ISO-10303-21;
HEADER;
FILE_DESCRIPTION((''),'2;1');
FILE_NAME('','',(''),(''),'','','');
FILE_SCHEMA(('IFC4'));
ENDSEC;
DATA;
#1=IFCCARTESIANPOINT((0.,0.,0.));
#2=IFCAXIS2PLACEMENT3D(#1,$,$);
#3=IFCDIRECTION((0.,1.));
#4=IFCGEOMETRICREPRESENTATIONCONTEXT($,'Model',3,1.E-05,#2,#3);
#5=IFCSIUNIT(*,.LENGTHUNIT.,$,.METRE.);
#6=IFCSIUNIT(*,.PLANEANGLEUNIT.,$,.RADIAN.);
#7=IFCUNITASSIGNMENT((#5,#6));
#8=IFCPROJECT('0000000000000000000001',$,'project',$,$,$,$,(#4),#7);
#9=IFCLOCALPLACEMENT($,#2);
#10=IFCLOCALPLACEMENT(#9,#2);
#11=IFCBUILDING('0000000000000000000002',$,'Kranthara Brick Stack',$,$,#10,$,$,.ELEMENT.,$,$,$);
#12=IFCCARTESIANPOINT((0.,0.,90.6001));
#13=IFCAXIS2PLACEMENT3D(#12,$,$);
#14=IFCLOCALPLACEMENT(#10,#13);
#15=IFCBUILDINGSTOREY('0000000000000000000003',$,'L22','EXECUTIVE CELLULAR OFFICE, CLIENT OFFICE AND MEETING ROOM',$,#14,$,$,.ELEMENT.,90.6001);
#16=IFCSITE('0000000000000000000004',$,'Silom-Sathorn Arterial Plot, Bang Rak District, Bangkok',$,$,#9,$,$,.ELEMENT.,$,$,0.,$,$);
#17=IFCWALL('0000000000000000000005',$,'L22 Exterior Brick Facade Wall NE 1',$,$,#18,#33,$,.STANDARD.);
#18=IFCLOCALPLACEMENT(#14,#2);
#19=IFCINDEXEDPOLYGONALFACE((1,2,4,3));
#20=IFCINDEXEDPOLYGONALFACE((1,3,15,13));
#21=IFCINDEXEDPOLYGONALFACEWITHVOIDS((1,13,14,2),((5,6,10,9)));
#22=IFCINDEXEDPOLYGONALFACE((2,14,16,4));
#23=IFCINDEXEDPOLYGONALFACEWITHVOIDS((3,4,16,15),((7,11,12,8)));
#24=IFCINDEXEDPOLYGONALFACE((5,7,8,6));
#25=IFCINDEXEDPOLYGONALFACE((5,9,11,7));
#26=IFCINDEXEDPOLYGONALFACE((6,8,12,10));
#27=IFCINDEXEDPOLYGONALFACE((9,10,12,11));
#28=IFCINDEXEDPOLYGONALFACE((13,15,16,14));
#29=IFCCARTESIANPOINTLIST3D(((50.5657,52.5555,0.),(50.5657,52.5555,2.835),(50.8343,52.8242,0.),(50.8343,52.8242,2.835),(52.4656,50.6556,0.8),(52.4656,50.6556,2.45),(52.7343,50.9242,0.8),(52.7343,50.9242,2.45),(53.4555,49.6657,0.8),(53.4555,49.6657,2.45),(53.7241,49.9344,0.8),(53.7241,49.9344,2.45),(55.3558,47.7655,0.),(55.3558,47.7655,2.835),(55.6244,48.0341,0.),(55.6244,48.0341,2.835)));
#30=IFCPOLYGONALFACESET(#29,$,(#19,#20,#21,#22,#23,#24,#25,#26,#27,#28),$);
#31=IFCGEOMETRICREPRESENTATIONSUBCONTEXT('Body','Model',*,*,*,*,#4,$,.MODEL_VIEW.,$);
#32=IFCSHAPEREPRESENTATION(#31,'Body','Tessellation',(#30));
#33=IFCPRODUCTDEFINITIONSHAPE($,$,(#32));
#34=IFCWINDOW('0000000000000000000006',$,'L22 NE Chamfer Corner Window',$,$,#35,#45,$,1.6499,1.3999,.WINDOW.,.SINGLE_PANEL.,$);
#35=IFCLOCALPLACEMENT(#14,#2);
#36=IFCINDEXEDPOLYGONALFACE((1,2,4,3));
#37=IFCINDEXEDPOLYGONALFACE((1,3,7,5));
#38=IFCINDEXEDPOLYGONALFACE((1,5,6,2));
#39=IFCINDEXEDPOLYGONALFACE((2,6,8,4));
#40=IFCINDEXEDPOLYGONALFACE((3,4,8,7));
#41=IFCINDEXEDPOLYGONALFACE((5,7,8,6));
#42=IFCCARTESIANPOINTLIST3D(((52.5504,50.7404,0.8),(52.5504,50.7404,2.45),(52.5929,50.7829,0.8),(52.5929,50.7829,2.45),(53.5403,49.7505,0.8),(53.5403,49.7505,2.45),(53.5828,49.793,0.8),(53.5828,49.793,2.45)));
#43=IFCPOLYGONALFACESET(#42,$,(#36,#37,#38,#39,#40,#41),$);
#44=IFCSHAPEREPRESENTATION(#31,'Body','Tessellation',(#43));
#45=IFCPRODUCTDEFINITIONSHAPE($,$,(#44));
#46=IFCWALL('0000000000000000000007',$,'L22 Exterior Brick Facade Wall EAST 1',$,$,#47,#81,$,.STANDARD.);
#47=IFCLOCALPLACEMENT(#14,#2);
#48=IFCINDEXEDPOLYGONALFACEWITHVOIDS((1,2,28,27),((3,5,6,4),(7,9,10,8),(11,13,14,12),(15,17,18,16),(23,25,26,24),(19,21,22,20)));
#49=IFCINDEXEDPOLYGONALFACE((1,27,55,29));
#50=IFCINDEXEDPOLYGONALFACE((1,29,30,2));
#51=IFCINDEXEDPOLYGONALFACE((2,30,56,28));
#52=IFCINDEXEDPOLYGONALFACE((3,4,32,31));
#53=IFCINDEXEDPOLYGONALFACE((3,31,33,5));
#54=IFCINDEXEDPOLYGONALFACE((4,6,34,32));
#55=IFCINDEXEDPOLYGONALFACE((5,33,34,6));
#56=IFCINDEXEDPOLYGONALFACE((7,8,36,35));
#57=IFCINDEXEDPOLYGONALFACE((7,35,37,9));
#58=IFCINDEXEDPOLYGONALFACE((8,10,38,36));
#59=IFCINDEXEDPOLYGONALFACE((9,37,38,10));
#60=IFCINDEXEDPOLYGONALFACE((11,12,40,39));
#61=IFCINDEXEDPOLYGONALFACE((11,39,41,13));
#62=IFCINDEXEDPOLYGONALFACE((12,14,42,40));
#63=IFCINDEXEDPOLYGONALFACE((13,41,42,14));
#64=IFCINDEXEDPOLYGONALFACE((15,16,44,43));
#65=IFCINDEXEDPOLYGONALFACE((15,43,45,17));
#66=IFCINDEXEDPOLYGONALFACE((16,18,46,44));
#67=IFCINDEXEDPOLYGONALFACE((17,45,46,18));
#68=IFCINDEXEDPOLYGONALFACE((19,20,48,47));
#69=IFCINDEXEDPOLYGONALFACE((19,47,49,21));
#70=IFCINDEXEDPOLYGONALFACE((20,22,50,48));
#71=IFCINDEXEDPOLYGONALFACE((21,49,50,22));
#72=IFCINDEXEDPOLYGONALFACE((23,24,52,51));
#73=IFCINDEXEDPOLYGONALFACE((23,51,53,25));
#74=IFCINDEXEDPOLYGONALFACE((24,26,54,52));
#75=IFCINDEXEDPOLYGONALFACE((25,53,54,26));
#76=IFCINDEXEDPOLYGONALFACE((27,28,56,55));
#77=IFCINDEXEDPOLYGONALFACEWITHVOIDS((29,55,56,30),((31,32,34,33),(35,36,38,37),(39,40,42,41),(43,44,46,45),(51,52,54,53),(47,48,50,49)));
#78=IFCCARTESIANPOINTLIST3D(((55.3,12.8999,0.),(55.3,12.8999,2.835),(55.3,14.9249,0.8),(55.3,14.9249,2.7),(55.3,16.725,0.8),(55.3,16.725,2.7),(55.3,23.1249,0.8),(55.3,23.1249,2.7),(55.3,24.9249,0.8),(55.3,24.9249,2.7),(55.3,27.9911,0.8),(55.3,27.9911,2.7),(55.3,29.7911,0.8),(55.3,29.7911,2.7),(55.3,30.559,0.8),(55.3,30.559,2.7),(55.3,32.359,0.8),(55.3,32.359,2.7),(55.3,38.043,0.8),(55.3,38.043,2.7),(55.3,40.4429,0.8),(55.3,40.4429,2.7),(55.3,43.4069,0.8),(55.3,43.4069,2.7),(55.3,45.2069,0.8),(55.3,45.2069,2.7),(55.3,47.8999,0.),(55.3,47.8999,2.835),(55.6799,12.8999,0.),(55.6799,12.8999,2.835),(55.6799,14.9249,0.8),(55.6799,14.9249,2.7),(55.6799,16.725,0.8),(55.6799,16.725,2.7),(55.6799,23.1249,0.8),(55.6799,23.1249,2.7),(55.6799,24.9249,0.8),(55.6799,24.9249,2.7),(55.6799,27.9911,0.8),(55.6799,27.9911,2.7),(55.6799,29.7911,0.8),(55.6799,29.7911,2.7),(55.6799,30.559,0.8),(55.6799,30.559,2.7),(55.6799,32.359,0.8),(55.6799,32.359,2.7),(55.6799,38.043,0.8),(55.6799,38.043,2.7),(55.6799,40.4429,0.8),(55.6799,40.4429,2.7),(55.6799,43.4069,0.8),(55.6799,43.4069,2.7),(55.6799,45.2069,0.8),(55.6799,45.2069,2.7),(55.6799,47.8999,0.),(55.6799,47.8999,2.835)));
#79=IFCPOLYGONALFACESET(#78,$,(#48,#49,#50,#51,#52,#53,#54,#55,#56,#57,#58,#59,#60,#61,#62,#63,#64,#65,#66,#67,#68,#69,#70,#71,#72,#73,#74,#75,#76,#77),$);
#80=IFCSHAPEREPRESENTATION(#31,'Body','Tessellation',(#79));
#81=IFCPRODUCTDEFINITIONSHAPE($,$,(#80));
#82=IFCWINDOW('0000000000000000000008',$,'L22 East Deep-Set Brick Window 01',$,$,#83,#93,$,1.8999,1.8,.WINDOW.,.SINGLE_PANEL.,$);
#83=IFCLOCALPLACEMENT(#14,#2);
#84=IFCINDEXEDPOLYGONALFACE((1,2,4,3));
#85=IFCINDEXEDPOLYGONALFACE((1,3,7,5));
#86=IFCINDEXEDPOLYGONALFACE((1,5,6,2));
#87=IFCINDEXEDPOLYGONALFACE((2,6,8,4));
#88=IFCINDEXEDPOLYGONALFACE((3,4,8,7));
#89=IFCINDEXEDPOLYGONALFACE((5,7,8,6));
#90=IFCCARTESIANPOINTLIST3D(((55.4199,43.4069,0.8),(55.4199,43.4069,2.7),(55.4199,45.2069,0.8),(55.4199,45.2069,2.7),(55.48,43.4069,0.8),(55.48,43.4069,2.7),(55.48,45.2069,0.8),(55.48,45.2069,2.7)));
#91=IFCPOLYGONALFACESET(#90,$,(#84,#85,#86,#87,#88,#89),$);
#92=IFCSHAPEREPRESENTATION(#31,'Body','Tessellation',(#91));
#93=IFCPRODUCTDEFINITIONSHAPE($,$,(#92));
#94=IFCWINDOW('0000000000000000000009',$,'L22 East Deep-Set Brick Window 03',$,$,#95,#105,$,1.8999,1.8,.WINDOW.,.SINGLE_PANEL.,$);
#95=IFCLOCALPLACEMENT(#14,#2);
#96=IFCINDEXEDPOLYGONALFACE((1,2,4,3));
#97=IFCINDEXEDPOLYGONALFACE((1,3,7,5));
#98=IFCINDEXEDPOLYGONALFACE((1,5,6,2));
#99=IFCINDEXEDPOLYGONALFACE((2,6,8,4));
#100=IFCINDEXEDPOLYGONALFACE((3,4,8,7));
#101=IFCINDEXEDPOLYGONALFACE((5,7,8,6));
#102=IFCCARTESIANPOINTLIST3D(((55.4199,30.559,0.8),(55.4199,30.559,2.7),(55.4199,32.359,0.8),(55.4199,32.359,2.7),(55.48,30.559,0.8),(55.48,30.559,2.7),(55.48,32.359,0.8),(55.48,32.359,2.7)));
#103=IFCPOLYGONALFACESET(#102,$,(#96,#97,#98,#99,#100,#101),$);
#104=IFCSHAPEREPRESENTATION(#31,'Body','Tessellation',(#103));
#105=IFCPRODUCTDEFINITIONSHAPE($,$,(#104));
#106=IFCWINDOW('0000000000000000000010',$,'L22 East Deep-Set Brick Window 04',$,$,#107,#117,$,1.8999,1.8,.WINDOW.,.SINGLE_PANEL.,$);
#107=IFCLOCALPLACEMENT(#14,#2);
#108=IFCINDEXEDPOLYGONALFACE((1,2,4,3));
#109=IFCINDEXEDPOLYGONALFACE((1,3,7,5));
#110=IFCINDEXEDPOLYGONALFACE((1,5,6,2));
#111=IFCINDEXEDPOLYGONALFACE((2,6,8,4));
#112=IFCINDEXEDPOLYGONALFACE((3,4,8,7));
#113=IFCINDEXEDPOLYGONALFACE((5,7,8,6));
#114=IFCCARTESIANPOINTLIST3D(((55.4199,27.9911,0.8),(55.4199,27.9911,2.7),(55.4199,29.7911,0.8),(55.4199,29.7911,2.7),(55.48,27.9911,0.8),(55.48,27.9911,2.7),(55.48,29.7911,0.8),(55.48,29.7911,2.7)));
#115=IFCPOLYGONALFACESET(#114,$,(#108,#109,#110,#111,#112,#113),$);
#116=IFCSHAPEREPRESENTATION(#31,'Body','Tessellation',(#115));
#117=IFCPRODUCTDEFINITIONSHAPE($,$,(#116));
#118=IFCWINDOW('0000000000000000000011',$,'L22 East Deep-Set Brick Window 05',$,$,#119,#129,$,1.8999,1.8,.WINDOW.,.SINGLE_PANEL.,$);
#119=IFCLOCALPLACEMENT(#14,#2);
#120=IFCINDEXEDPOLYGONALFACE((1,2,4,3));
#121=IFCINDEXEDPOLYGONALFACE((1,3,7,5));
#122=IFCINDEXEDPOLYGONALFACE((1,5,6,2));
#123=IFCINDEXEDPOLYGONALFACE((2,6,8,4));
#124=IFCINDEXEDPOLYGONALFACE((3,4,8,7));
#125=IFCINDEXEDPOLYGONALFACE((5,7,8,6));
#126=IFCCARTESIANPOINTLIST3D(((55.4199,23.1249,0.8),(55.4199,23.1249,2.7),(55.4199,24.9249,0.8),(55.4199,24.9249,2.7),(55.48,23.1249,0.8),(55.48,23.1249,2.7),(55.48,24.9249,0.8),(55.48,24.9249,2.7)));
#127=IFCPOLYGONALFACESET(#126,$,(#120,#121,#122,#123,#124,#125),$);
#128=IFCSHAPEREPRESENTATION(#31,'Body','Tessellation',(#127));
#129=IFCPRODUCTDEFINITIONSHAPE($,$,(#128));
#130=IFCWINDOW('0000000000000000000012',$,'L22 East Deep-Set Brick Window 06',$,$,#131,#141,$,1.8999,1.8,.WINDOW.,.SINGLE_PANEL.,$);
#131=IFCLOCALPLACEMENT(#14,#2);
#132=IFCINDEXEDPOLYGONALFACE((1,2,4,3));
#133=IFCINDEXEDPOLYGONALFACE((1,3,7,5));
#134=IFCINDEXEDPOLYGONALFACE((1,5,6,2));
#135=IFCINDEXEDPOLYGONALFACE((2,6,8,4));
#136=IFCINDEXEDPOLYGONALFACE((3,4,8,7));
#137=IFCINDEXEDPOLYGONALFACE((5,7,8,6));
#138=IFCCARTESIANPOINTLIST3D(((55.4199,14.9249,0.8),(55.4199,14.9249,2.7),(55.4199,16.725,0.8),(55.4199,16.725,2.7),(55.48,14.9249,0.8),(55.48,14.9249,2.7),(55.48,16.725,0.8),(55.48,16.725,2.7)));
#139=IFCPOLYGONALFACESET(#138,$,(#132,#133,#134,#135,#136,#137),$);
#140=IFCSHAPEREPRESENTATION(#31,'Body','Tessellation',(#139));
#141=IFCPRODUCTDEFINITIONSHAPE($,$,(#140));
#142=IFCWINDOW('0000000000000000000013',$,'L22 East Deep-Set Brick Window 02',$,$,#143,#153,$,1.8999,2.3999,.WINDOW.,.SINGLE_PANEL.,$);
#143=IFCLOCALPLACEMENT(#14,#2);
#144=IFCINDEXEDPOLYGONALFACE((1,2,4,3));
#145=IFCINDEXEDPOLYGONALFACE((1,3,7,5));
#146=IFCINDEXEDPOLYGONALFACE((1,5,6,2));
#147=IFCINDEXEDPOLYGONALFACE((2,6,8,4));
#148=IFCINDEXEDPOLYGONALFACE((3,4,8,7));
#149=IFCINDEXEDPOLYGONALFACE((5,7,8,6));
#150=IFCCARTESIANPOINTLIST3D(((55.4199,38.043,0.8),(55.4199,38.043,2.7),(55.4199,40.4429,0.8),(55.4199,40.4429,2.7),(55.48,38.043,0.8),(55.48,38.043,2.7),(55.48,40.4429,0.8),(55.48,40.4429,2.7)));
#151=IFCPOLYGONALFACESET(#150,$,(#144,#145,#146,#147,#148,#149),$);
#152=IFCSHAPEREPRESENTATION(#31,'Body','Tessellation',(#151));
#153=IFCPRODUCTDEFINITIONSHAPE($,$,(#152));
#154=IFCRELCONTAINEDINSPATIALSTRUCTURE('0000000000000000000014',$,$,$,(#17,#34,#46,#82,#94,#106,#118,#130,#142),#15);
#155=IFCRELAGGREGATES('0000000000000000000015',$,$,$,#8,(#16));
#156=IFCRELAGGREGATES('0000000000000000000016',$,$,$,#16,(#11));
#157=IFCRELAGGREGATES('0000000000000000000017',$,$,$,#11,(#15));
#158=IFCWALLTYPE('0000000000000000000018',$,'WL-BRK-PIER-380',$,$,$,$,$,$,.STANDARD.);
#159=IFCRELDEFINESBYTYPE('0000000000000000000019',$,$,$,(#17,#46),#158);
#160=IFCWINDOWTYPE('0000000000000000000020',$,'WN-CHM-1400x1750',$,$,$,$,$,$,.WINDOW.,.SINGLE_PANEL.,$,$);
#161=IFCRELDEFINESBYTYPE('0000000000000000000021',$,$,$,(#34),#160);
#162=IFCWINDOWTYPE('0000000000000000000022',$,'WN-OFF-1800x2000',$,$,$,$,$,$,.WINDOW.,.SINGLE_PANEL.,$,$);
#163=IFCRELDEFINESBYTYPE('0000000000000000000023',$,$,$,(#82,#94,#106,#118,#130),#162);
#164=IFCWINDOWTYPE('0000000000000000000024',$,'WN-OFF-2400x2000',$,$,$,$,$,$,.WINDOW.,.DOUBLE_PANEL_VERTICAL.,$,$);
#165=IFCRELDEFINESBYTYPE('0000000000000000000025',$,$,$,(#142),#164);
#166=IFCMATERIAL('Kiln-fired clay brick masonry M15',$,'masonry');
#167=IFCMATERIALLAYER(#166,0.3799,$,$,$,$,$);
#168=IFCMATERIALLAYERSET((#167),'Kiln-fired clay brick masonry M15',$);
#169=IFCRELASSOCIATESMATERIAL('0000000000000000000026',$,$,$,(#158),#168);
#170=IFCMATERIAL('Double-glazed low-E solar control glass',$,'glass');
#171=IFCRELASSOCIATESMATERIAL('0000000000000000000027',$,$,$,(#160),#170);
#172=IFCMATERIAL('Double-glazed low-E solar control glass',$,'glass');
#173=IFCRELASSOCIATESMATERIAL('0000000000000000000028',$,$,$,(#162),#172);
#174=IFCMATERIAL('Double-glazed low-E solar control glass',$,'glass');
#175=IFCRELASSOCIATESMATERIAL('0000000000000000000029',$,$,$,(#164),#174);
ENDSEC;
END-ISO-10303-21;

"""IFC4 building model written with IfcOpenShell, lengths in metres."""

from ifc_helpers import new_model, si_unit, direction, frame, frame_2d, origin, place, context, subcontext, project, spatial, rectangle, extrude, material, layer, layer_set, type_object, element, fill, save


model = new_model("IFC4")

# Units and contexts
model_context = context("Model", 3, precision=1e-05, world=origin(), true_north=direction((0.0, 1.0)))
body_context = subcontext(model_context, "Body", "Model", "MODEL_VIEW")
ifc_project = project(units=[si_unit("LENGTHUNIT", "METRE"), si_unit("PLANEANGLEUNIT", "RADIAN")], contexts=[model_context])

# Site, building, storey
site_placement = place(None, origin())
site = spatial("IfcSite", under=ifc_project, at=site_placement, Name="Silom-Sathorn Arterial Plot, Bang Rak District, Bangkok", CompositionType="ELEMENT", RefElevation=0.0)
building_placement = place(site_placement, origin())
building = spatial("IfcBuilding", under=site, at=building_placement, Name="Kranthara Brick Stack", CompositionType="ELEMENT")
storey_placement = place(building_placement, frame((0.0, 0.0, 90.6001)))
storey = spatial("IfcBuildingStorey", under=building, at=storey_placement, Name="L22", Description="EXECUTIVE CELLULAR OFFICE, CLIENT OFFICE AND MEETING ROOM", CompositionType="ELEMENT", Elevation=90.6001)

# Wall, opening, window
ifc_material_1 = material(Name="Kiln-fired clay brick masonry M15", Category="masonry")
ifc_layer_1 = layer(ifc_material_1, 0.3799)
ifc_layer_set_1 = layer_set([ifc_layer_1], Name="Kiln-fired clay brick masonry M15")
wall_type_1 = type_object("IfcWallType", Name="WL-BRK-PIER-380", PredefinedType="STANDARD", material=ifc_layer_set_1)
wall_1_placement = place(storey_placement, frame((50.7, 52.6899, 0.0), z_axis=(0.0, 0.0, 1.0), x_axis=(0.707107, -0.707107, 0.0)))
wall_1 = element("IfcWall", 1, at=wall_1_placement, inside=storey, type_object=wall_type_1, Name="L22 Exterior Brick Facade Wall NE 1", PredefinedType="STANDARD", context=body_context, shape_type="SweptSolid", body=[
    extrude(rectangle(XDim=6.7742, YDim=0.3799, at=frame_2d((3.3872, 0.0))), origin(), (0.0, 0.0, 1.0), 2.835),
])
opening_1_placement = place(wall_1_placement, frame((2.687, 0.0, 0.8)))
opening_1 = element("IfcOpeningElement", 2, at=opening_1_placement, cuts=wall_1, PredefinedType="OPENING", context=body_context, shape_type="SweptSolid", body=[
    extrude(rectangle(XDim=1.3999, YDim=1.6499, at=frame_2d((0.7, 0.825))), frame((0.0, 0.2, 0.0), z_axis=(0.0, -1.0, 0.0), x_axis=(1.0, 0.0, 0.0)), (0.0, 0.0, 1.0), 0.3999),
])
ifc_material_2 = material(Name="Double-glazed low-E solar control glass", Category="glass")
window_type_1 = type_object("IfcWindowType", Name="WN-CHM-1400x1750", PartitioningType="SINGLE_PANEL", PredefinedType="WINDOW", material=ifc_material_2)
window_1_placement = place(opening_1_placement, origin())
window_1 = element("IfcWindow", 3, at=window_1_placement, inside=storey, type_object=window_type_1, Name="L22 NE Chamfer Corner Window", OverallHeight=1.6499, OverallWidth=1.3999, PartitioningType="SINGLE_PANEL", PredefinedType="WINDOW", context=body_context, shape_type="SweptSolid", body=[
    extrude(rectangle(XDim=1.3999, YDim=1.6499, at=frame_2d((0.7, 0.825))), frame((0.0, -0.01, 0.0), z_axis=(0.0, -1.0, 0.0), x_axis=(1.0, 0.0, 0.0)), (0.0, 0.0, 1.0), 0.0601),
])
fill(opening_1, window_1)

# Wall, openings, windows
wall_2_placement = place(storey_placement, frame((55.49, 47.8999, 0.0), z_axis=(0.0, 0.0, 1.0), x_axis=(0.0, -1.0, 0.0)))
wall_2 = element("IfcWall", 4, at=wall_2_placement, inside=storey, type_object=wall_type_1, Name="L22 Exterior Brick Facade Wall EAST 1", PredefinedType="STANDARD", context=body_context, shape_type="SweptSolid", body=[
    extrude(rectangle(XDim=35.0, YDim=0.3799, at=frame_2d((17.5, 0.0))), origin(), (0.0, 0.0, 1.0), 2.835),
])
opening_2_placement = place(wall_2_placement, frame((2.6931, 0.0, 0.8)))
opening_2 = element("IfcOpeningElement", 5, at=opening_2_placement, cuts=wall_2, PredefinedType="OPENING", context=body_context, shape_type="SweptSolid", body=[
    extrude(rectangle(XDim=1.8, YDim=1.8999, at=frame_2d((0.8999, 0.95))), frame((0.0, 0.2, 0.0), z_axis=(0.0, -1.0, 0.0), x_axis=(1.0, 0.0, 0.0)), (0.0, 0.0, 1.0), 0.3999),
])
opening_3_placement = place(wall_2_placement, frame((7.457, 0.0, 0.8)))
opening_3 = element("IfcOpeningElement", 6, at=opening_3_placement, cuts=wall_2, PredefinedType="OPENING", context=body_context, shape_type="SweptSolid", body=[
    extrude(rectangle(XDim=2.3999, YDim=1.8999, at=frame_2d((1.2, 0.95))), frame((0.0, 0.2, 0.0), z_axis=(0.0, -1.0, 0.0), x_axis=(1.0, 0.0, 0.0)), (0.0, 0.0, 1.0), 0.3999),
])
opening_4_placement = place(wall_2_placement, frame((15.541, 0.0, 0.8)))
opening_4 = element("IfcOpeningElement", 7, at=opening_4_placement, cuts=wall_2, PredefinedType="OPENING", context=body_context, shape_type="SweptSolid", body=[
    extrude(rectangle(XDim=1.8, YDim=1.8999, at=frame_2d((0.8999, 0.95))), frame((0.0, 0.2, 0.0), z_axis=(0.0, -1.0, 0.0), x_axis=(1.0, 0.0, 0.0)), (0.0, 0.0, 1.0), 0.3999),
])
opening_5_placement = place(wall_2_placement, frame((18.1089, 0.0, 0.8)))
opening_5 = element("IfcOpeningElement", 8, at=opening_5_placement, cuts=wall_2, PredefinedType="OPENING", context=body_context, shape_type="SweptSolid", body=[
    extrude(rectangle(XDim=1.8, YDim=1.8999, at=frame_2d((0.8999, 0.95))), frame((0.0, 0.2, 0.0), z_axis=(0.0, -1.0, 0.0), x_axis=(1.0, 0.0, 0.0)), (0.0, 0.0, 1.0), 0.3999),
])
opening_6_placement = place(wall_2_placement, frame((22.9751, 0.0, 0.8)))
opening_6 = element("IfcOpeningElement", 9, at=opening_6_placement, cuts=wall_2, PredefinedType="OPENING", context=body_context, shape_type="SweptSolid", body=[
    extrude(rectangle(XDim=1.8, YDim=1.8999, at=frame_2d((0.8999, 0.95))), frame((0.0, 0.2, 0.0), z_axis=(0.0, -1.0, 0.0), x_axis=(1.0, 0.0, 0.0)), (0.0, 0.0, 1.0), 0.3999),
])
opening_7_placement = place(wall_2_placement, frame((31.175, 0.0, 0.8)))
opening_7 = element("IfcOpeningElement", 10, at=opening_7_placement, cuts=wall_2, PredefinedType="OPENING", context=body_context, shape_type="SweptSolid", body=[
    extrude(rectangle(XDim=1.8, YDim=1.8999, at=frame_2d((0.8999, 0.95))), frame((0.0, 0.2, 0.0), z_axis=(0.0, -1.0, 0.0), x_axis=(1.0, 0.0, 0.0)), (0.0, 0.0, 1.0), 0.3999),
])
ifc_material_3 = material(Name="Double-glazed low-E solar control glass", Category="glass")
window_type_2 = type_object("IfcWindowType", Name="WN-OFF-1800x2000", PartitioningType="SINGLE_PANEL", PredefinedType="WINDOW", material=ifc_material_3)
window_2_placement = place(opening_2_placement, origin())
window_2 = element("IfcWindow", 11, at=window_2_placement, inside=storey, type_object=window_type_2, Name="L22 East Deep-Set Brick Window 01", OverallHeight=1.8999, OverallWidth=1.8, PartitioningType="SINGLE_PANEL", PredefinedType="WINDOW", context=body_context, shape_type="SweptSolid", body=[
    extrude(rectangle(XDim=1.8, YDim=1.8999, at=frame_2d((0.8999, 0.95))), frame((0.0, -0.01, 0.0), z_axis=(0.0, -1.0, 0.0), x_axis=(1.0, 0.0, 0.0)), (0.0, 0.0, 1.0), 0.0601),
])
fill(opening_2, window_2)
window_3_placement = place(opening_4_placement, origin())
window_3 = element("IfcWindow", 12, at=window_3_placement, inside=storey, type_object=window_type_2, Name="L22 East Deep-Set Brick Window 03", OverallHeight=1.8999, OverallWidth=1.8, PartitioningType="SINGLE_PANEL", PredefinedType="WINDOW", context=body_context, shape_type="SweptSolid", body=[
    extrude(rectangle(XDim=1.8, YDim=1.8999, at=frame_2d((0.8999, 0.95))), frame((0.0, -0.01, 0.0), z_axis=(0.0, -1.0, 0.0), x_axis=(1.0, 0.0, 0.0)), (0.0, 0.0, 1.0), 0.0601),
])
fill(opening_4, window_3)
window_4_placement = place(opening_5_placement, origin())
window_4 = element("IfcWindow", 13, at=window_4_placement, inside=storey, type_object=window_type_2, Name="L22 East Deep-Set Brick Window 04", OverallHeight=1.8999, OverallWidth=1.8, PartitioningType="SINGLE_PANEL", PredefinedType="WINDOW", context=body_context, shape_type="SweptSolid", body=[
    extrude(rectangle(XDim=1.8, YDim=1.8999, at=frame_2d((0.8999, 0.95))), frame((0.0, -0.01, 0.0), z_axis=(0.0, -1.0, 0.0), x_axis=(1.0, 0.0, 0.0)), (0.0, 0.0, 1.0), 0.0601),
])
fill(opening_5, window_4)
window_5_placement = place(opening_6_placement, origin())
window_5 = element("IfcWindow", 14, at=window_5_placement, inside=storey, type_object=window_type_2, Name="L22 East Deep-Set Brick Window 05", OverallHeight=1.8999, OverallWidth=1.8, PartitioningType="SINGLE_PANEL", PredefinedType="WINDOW", context=body_context, shape_type="SweptSolid", body=[
    extrude(rectangle(XDim=1.8, YDim=1.8999, at=frame_2d((0.8999, 0.95))), frame((0.0, -0.01, 0.0), z_axis=(0.0, -1.0, 0.0), x_axis=(1.0, 0.0, 0.0)), (0.0, 0.0, 1.0), 0.0601),
])
fill(opening_6, window_5)
window_6_placement = place(opening_7_placement, origin())
window_6 = element("IfcWindow", 15, at=window_6_placement, inside=storey, type_object=window_type_2, Name="L22 East Deep-Set Brick Window 06", OverallHeight=1.8999, OverallWidth=1.8, PartitioningType="SINGLE_PANEL", PredefinedType="WINDOW", context=body_context, shape_type="SweptSolid", body=[
    extrude(rectangle(XDim=1.8, YDim=1.8999, at=frame_2d((0.8999, 0.95))), frame((0.0, -0.01, 0.0), z_axis=(0.0, -1.0, 0.0), x_axis=(1.0, 0.0, 0.0)), (0.0, 0.0, 1.0), 0.0601),
])
fill(opening_7, window_6)
ifc_material_4 = material(Name="Double-glazed low-E solar control glass", Category="glass")
window_type_3 = type_object("IfcWindowType", Name="WN-OFF-2400x2000", PartitioningType="DOUBLE_PANEL_VERTICAL", PredefinedType="WINDOW", material=ifc_material_4)
window_7_placement = place(opening_3_placement, origin())
window_7 = element("IfcWindow", 16, at=window_7_placement, inside=storey, type_object=window_type_3, Name="L22 East Deep-Set Brick Window 02", OverallHeight=1.8999, OverallWidth=2.3999, PartitioningType="SINGLE_PANEL", PredefinedType="WINDOW", context=body_context, shape_type="SweptSolid", body=[
    extrude(rectangle(XDim=2.3999, YDim=1.8999, at=frame_2d((1.2, 0.95))), frame((0.0, -0.01, 0.0), z_axis=(0.0, -1.0, 0.0), x_axis=(1.0, 0.0, 0.0)), (0.0, 0.0, 1.0), 0.0601),
])
fill(opening_3, window_7)

save(model, "model.ifc")
